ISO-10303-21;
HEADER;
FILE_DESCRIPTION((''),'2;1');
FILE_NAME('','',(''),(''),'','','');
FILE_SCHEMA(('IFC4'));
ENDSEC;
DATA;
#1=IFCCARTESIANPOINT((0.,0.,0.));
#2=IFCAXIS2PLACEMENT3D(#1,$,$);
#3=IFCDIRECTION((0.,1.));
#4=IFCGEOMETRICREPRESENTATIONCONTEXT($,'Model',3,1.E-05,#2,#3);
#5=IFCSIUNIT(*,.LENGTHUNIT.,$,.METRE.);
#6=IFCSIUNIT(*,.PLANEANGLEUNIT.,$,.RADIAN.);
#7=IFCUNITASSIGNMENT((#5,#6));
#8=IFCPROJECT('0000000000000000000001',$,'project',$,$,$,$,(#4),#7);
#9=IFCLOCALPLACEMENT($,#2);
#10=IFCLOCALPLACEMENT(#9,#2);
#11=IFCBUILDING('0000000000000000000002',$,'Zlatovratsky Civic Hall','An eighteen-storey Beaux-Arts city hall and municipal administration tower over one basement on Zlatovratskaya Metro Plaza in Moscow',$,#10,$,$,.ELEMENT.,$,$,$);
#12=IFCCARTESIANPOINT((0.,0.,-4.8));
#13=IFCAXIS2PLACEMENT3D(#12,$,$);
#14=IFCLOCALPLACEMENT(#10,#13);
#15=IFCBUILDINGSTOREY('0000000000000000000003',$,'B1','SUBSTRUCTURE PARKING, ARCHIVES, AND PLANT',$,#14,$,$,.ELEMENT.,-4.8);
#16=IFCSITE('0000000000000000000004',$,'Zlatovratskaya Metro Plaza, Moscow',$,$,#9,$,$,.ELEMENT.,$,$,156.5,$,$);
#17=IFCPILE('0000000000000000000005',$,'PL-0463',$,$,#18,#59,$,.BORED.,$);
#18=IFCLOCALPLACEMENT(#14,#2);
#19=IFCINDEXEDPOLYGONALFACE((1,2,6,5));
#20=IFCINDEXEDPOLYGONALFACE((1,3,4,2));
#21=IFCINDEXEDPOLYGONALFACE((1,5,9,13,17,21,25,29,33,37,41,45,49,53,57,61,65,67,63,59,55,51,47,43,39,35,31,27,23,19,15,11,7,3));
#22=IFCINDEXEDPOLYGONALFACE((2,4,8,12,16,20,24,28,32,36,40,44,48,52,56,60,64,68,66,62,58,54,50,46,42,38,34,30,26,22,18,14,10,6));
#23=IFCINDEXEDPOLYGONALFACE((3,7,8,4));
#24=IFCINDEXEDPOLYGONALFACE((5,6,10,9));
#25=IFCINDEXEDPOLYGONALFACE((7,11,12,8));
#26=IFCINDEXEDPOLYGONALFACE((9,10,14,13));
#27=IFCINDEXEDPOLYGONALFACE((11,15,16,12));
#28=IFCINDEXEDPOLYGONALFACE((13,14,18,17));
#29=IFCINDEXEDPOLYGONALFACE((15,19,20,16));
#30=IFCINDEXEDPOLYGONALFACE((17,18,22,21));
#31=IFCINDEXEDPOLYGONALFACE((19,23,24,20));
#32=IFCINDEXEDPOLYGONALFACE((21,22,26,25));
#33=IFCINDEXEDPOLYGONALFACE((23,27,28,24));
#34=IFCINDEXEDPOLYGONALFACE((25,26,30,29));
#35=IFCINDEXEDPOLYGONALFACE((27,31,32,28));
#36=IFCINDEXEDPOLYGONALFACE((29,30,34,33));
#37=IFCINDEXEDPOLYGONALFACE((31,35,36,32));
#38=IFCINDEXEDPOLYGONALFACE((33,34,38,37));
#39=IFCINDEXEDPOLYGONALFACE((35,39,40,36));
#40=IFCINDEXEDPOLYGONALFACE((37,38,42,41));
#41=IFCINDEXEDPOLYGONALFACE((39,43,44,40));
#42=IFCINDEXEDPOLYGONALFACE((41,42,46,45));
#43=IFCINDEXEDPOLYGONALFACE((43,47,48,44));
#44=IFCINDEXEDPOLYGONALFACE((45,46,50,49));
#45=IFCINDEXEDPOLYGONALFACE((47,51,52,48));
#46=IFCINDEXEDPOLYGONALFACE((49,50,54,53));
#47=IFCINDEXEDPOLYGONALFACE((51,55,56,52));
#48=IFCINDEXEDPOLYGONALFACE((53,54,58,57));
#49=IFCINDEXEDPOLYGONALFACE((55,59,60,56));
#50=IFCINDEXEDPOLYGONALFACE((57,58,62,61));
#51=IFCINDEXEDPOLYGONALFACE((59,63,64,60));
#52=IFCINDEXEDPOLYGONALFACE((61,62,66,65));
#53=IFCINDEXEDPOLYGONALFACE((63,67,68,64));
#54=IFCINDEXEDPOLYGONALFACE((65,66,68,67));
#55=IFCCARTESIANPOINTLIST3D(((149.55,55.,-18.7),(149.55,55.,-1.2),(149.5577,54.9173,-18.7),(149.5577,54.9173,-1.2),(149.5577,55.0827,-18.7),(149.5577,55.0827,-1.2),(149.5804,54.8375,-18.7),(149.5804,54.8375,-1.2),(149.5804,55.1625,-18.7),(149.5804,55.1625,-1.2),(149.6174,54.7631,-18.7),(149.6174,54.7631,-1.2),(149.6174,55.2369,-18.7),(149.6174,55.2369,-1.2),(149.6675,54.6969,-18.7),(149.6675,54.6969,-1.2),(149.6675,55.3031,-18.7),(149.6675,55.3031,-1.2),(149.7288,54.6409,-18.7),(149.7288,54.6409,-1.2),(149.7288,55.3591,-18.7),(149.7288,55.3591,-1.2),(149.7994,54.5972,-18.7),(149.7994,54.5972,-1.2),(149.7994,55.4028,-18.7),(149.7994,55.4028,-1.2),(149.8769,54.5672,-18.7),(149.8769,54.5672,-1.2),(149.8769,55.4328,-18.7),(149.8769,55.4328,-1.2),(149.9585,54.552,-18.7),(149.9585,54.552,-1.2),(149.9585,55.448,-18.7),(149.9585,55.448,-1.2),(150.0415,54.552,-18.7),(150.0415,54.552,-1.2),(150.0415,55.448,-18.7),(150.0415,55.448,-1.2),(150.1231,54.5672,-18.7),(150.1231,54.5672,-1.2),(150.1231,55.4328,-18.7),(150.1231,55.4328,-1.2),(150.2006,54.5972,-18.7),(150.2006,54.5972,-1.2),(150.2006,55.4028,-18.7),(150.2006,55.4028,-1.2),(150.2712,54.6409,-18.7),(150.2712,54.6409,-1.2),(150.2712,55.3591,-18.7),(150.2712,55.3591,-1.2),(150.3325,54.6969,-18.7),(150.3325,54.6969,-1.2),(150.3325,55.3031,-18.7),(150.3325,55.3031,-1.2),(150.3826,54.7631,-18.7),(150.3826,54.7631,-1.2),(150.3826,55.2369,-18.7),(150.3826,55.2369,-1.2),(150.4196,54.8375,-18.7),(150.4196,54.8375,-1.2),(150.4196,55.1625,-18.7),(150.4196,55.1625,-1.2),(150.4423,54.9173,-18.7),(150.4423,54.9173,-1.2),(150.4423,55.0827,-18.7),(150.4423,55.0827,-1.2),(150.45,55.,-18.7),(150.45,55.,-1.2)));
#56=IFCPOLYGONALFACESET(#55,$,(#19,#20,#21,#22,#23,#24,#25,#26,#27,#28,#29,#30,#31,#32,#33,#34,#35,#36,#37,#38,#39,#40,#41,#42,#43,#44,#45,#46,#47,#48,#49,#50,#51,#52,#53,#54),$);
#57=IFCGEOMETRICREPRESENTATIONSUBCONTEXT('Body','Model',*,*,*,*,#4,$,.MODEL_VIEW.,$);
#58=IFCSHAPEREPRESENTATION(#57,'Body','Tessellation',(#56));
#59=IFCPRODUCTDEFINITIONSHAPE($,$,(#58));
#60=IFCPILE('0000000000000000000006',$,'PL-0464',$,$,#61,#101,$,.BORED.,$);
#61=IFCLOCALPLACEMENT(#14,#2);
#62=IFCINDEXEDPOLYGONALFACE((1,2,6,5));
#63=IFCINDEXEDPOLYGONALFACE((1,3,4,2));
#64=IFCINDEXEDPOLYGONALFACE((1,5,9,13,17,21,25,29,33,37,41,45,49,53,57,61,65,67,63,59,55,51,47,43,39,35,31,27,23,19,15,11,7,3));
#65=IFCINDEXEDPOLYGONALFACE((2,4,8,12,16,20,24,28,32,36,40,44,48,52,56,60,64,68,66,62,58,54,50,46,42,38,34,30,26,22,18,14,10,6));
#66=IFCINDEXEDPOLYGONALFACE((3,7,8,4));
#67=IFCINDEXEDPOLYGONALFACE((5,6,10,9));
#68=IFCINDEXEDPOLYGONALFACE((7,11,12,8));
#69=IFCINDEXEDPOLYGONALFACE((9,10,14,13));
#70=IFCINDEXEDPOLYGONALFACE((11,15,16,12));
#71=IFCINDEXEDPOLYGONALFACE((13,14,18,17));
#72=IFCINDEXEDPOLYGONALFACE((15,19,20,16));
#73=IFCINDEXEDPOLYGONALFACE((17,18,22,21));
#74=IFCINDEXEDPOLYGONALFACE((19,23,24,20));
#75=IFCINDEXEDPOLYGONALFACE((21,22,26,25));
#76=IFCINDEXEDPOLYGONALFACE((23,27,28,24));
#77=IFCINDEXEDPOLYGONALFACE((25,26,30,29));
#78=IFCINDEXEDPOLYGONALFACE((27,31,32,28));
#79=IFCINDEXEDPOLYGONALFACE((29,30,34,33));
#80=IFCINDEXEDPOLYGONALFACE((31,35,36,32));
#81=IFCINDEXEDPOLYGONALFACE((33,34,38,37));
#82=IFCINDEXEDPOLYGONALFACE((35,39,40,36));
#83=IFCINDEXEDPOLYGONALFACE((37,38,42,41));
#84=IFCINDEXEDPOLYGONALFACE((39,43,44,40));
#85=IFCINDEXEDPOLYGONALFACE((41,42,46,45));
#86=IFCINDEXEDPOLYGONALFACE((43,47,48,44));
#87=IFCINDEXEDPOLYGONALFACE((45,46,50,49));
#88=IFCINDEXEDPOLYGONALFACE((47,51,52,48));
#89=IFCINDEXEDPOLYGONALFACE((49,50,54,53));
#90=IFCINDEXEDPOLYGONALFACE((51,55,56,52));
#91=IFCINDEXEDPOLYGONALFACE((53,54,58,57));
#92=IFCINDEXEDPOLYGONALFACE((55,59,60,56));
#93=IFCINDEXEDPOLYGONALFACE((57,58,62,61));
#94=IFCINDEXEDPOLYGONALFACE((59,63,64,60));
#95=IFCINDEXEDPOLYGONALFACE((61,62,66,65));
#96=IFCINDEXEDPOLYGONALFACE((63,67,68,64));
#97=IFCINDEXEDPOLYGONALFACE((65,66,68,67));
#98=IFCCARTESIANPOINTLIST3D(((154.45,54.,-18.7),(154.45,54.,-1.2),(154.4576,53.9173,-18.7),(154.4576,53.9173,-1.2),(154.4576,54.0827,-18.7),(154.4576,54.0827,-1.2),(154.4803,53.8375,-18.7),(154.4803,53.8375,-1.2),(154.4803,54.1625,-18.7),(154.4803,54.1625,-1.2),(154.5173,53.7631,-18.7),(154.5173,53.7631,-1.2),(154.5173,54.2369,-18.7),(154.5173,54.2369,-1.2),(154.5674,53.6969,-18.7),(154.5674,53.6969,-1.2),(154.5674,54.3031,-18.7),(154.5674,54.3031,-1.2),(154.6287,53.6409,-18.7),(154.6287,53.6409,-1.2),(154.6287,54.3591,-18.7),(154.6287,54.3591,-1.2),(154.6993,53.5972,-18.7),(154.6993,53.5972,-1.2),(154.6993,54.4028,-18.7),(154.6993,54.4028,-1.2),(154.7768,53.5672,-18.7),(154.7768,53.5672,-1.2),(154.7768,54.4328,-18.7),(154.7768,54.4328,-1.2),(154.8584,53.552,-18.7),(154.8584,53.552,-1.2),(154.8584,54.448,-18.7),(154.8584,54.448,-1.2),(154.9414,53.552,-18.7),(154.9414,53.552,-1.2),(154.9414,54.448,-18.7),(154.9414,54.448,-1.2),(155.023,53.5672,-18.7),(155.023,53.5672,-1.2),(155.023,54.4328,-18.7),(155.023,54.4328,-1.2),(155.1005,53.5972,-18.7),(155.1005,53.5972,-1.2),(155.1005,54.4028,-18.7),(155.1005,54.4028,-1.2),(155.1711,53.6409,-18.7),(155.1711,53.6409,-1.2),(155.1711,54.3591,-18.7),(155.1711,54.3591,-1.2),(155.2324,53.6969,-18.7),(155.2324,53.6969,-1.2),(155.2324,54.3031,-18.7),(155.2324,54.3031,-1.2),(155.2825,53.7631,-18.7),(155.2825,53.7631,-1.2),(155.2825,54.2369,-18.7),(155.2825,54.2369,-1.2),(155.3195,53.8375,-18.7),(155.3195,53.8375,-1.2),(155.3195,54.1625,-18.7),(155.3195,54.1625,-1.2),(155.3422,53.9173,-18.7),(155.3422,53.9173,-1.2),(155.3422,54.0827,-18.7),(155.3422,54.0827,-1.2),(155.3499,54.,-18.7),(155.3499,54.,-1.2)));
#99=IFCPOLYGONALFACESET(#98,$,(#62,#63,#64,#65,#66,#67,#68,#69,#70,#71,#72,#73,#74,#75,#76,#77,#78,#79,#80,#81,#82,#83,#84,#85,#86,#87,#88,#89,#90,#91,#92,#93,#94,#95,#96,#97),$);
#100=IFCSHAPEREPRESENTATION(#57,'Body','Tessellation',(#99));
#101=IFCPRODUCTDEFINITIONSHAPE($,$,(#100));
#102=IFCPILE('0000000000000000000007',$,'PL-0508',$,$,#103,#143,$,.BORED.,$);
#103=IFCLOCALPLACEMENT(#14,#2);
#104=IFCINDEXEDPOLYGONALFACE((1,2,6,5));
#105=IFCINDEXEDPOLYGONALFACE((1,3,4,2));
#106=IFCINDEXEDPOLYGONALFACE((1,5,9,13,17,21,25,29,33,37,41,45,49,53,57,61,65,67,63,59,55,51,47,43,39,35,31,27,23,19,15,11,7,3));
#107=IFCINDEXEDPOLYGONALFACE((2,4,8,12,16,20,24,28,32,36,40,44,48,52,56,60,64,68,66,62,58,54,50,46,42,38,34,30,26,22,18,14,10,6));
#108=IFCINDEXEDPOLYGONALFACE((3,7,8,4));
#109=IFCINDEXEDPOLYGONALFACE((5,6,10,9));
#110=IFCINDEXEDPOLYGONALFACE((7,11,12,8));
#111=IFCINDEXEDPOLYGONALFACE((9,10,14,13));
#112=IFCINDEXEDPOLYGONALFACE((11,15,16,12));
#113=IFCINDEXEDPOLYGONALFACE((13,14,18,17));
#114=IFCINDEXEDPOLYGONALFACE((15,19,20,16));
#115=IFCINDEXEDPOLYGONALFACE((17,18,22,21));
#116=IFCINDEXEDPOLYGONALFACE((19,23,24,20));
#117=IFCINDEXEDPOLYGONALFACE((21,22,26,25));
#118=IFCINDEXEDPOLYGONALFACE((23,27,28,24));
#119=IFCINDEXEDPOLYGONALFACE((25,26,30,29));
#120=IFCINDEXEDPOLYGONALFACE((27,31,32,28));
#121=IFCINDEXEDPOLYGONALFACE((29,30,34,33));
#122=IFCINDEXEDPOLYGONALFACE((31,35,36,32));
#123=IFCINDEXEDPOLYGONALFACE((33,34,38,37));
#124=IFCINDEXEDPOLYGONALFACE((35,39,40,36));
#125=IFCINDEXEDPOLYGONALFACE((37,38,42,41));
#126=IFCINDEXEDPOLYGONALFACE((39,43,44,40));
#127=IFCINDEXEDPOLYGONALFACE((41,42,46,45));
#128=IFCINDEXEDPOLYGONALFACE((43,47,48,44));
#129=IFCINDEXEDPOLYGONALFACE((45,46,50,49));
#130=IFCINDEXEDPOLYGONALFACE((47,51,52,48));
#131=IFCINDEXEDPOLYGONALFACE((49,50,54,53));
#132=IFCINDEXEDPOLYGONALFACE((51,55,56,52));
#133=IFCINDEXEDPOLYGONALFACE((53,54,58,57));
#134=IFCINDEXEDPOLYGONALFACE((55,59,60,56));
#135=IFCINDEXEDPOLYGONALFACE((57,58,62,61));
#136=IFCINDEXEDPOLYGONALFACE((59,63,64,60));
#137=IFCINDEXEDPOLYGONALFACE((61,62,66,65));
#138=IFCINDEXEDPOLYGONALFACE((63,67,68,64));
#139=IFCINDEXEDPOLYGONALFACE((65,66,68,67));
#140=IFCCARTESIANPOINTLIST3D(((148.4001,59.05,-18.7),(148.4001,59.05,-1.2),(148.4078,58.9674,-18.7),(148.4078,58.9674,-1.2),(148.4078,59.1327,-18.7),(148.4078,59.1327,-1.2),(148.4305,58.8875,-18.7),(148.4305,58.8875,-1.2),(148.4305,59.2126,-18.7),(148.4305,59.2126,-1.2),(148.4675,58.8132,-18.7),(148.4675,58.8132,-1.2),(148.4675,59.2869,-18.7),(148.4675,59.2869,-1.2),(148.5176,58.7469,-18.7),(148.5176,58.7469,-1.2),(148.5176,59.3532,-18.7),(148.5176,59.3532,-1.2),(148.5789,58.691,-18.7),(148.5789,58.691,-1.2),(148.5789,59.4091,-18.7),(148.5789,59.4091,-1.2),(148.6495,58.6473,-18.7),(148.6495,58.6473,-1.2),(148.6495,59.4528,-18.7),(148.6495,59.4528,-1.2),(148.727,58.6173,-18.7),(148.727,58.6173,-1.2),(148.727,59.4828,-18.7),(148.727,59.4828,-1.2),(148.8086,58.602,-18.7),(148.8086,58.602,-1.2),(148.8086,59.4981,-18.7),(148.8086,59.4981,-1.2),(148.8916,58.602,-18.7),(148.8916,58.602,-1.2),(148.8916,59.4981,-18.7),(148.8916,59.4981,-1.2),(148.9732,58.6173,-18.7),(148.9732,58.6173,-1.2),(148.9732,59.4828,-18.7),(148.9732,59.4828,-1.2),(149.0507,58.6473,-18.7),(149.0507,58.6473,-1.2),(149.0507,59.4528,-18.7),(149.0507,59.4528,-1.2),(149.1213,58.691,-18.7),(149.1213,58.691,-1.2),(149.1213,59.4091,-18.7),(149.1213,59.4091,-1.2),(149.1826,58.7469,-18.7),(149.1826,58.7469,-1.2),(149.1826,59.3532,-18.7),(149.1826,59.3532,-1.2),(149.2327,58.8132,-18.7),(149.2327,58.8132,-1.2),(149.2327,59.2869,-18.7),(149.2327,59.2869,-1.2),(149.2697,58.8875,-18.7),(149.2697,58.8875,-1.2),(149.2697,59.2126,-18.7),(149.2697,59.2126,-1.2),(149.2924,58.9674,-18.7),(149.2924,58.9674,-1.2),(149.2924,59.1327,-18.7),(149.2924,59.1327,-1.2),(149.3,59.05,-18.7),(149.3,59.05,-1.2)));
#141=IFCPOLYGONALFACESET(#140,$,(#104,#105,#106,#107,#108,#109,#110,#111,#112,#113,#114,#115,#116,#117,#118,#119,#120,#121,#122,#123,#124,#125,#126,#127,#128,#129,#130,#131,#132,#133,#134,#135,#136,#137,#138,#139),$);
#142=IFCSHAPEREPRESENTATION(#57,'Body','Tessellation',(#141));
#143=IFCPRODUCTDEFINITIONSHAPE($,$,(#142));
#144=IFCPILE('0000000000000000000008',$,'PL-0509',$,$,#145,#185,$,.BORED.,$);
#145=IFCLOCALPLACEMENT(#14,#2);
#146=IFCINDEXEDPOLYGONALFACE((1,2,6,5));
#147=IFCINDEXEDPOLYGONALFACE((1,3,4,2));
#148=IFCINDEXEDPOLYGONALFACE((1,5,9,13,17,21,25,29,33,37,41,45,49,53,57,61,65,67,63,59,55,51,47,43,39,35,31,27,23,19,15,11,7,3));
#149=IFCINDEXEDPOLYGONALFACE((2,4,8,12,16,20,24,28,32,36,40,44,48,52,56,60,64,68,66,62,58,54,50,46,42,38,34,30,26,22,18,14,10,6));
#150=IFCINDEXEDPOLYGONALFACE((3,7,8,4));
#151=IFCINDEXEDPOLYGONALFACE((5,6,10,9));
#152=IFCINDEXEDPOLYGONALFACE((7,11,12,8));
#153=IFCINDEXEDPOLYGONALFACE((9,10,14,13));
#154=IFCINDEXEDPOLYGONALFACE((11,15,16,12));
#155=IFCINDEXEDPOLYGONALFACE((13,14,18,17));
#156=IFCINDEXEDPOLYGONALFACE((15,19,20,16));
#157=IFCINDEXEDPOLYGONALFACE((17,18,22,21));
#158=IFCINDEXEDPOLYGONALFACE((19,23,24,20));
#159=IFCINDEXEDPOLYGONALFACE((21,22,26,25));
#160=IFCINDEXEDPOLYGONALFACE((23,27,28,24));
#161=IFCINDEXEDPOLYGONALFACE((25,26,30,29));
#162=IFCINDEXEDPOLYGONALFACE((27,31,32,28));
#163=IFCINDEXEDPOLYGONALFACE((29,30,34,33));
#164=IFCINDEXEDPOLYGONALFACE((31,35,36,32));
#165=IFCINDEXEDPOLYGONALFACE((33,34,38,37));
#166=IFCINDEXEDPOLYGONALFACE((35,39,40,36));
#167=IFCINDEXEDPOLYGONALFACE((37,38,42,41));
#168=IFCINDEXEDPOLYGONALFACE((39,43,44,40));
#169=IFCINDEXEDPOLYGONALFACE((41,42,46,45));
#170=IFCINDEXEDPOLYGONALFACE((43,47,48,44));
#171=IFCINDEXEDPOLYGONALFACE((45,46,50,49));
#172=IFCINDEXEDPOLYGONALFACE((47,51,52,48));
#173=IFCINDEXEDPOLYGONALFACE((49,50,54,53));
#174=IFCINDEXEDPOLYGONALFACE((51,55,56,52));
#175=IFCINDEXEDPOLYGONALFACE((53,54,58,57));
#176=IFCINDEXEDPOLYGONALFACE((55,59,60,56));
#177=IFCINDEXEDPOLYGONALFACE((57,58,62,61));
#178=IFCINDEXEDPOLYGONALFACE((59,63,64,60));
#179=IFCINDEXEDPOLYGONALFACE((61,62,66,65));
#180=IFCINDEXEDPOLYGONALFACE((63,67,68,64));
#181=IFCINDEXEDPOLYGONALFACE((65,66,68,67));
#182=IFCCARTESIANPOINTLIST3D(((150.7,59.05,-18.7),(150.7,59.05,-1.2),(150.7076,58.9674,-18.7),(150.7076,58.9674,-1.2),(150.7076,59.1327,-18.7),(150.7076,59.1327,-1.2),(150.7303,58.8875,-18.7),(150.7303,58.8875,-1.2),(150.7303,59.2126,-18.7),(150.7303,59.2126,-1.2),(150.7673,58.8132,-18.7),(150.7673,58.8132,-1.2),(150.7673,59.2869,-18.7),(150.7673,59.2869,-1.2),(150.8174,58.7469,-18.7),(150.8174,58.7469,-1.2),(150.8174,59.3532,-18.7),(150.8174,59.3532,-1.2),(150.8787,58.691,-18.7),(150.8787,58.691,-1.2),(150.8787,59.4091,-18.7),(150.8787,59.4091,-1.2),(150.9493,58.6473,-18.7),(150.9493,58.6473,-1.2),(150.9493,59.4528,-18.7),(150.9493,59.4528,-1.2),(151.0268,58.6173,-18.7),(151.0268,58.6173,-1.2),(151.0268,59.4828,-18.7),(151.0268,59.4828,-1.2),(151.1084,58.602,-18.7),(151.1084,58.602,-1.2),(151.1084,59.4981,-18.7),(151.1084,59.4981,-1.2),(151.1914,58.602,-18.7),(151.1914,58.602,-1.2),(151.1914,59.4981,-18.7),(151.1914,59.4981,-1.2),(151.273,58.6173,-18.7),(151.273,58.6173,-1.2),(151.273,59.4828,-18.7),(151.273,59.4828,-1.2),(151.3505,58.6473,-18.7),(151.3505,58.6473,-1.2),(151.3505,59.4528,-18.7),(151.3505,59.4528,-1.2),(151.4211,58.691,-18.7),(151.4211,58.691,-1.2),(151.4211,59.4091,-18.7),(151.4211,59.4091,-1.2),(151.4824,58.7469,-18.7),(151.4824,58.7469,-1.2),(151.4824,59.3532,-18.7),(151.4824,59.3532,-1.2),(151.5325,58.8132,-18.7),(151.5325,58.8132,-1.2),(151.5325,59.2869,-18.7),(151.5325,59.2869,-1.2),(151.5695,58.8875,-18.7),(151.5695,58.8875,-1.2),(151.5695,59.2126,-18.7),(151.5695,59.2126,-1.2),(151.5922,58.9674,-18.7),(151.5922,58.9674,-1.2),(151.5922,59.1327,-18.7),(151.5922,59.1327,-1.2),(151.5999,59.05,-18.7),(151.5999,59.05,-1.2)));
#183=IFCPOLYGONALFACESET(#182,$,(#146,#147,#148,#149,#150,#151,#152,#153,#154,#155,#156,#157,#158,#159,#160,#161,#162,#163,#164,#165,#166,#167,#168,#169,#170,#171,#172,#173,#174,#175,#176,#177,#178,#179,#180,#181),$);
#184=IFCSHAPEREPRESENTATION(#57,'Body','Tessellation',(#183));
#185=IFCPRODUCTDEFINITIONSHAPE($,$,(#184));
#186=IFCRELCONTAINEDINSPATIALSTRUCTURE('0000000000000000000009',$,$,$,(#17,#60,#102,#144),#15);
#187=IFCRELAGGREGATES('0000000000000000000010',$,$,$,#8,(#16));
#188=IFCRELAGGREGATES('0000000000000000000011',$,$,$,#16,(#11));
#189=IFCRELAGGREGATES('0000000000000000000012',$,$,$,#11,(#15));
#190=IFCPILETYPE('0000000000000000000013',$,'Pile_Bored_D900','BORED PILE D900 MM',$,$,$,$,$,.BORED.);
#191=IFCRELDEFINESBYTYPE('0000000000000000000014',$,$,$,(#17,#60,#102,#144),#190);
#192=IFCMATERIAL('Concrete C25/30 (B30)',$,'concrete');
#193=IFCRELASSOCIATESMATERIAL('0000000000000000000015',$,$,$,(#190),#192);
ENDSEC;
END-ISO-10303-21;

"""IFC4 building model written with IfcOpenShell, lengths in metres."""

from ifc_helpers import new_model, si_unit, direction, frame, origin, origin_2d, place, context, subcontext, project, spatial, circle, extrude, material, material_profile, profile_set, type_object, element, save


model = new_model("IFC4")

# Units and contexts
model_context = context("Model", 3, precision=1e-05, world=origin(), true_north=direction((0.0, 1.0)))
body_context = subcontext(model_context, "Body", "Model", "MODEL_VIEW")
ifc_project = project(units=[si_unit("LENGTHUNIT", "METRE"), si_unit("PLANEANGLEUNIT", "RADIAN")], contexts=[model_context])

# Site, building, storey
site_placement = place(None, origin())
site = spatial("IfcSite", under=ifc_project, at=site_placement, Name="Zlatovratskaya Metro Plaza, Moscow", CompositionType="ELEMENT", RefElevation=156.5)
building_placement = place(site_placement, origin())
building = spatial("IfcBuilding", under=site, at=building_placement, Name="Zlatovratsky Civic Hall", Description="An eighteen-storey Beaux-Arts city hall and municipal administration tower over one basement on Zlatovratskaya Metro Plaza in Moscow", CompositionType="ELEMENT")
storey_placement = place(building_placement, frame((0.0, 0.0, -4.8)))
storey = spatial("IfcBuildingStorey", under=building, at=storey_placement, Name="B1", Description="SUBSTRUCTURE PARKING, ARCHIVES, AND PLANT", CompositionType="ELEMENT", Elevation=-4.8)

# Shared definitions
ifc_material_1 = material(Name="Concrete C25/30 (B30)", Category="concrete")

# Piles
ifc_material_profile_1 = material_profile(ifc_material_1, circle(Radius=0.45, at=origin_2d()), Name="PILE D900")
ifc_profile_set_1 = profile_set([ifc_material_profile_1], Name="Concrete C25/30 (B30)")
pile_type_1 = type_object("IfcPileType", Name="Pile_Bored_D900", Description="BORED PILE D900 MM", PredefinedType="BORED", material=ifc_profile_set_1)
for number, where, z_axis, x_axis, name in (
    (1, (150.0, 55.0, -1.2), (0.0, 0.0, -1.0), (1.0, 0.0, 0.0), "PL-0463"),
    (2, (154.8999, 54.0, -1.2), (0.0, 0.0, -1.0), (1.0, 0.0, 0.0), "PL-0464"),
    (3, (148.8501, 59.05, -1.2), (0.0, 0.0, -1.0), (1.0, 0.0, 0.0), "PL-0508"),
    (4, (151.1499, 59.05, -1.2), (0.0, 0.0, -1.0), (1.0, 0.0, 0.0), "PL-0509"),
):
    element("IfcPile", number, at=place(storey_placement, frame(where, z_axis=z_axis, x_axis=x_axis)), inside=storey, type_object=pile_type_1, Name=name, PredefinedType="BORED", context=body_context, shape_type="SweptSolid", body=[
        extrude(circle(Radius=0.45, at=origin_2d()), origin(), (0.0, 0.0, 1.0), 17.5),
    ])

save(model, "model.ifc")
